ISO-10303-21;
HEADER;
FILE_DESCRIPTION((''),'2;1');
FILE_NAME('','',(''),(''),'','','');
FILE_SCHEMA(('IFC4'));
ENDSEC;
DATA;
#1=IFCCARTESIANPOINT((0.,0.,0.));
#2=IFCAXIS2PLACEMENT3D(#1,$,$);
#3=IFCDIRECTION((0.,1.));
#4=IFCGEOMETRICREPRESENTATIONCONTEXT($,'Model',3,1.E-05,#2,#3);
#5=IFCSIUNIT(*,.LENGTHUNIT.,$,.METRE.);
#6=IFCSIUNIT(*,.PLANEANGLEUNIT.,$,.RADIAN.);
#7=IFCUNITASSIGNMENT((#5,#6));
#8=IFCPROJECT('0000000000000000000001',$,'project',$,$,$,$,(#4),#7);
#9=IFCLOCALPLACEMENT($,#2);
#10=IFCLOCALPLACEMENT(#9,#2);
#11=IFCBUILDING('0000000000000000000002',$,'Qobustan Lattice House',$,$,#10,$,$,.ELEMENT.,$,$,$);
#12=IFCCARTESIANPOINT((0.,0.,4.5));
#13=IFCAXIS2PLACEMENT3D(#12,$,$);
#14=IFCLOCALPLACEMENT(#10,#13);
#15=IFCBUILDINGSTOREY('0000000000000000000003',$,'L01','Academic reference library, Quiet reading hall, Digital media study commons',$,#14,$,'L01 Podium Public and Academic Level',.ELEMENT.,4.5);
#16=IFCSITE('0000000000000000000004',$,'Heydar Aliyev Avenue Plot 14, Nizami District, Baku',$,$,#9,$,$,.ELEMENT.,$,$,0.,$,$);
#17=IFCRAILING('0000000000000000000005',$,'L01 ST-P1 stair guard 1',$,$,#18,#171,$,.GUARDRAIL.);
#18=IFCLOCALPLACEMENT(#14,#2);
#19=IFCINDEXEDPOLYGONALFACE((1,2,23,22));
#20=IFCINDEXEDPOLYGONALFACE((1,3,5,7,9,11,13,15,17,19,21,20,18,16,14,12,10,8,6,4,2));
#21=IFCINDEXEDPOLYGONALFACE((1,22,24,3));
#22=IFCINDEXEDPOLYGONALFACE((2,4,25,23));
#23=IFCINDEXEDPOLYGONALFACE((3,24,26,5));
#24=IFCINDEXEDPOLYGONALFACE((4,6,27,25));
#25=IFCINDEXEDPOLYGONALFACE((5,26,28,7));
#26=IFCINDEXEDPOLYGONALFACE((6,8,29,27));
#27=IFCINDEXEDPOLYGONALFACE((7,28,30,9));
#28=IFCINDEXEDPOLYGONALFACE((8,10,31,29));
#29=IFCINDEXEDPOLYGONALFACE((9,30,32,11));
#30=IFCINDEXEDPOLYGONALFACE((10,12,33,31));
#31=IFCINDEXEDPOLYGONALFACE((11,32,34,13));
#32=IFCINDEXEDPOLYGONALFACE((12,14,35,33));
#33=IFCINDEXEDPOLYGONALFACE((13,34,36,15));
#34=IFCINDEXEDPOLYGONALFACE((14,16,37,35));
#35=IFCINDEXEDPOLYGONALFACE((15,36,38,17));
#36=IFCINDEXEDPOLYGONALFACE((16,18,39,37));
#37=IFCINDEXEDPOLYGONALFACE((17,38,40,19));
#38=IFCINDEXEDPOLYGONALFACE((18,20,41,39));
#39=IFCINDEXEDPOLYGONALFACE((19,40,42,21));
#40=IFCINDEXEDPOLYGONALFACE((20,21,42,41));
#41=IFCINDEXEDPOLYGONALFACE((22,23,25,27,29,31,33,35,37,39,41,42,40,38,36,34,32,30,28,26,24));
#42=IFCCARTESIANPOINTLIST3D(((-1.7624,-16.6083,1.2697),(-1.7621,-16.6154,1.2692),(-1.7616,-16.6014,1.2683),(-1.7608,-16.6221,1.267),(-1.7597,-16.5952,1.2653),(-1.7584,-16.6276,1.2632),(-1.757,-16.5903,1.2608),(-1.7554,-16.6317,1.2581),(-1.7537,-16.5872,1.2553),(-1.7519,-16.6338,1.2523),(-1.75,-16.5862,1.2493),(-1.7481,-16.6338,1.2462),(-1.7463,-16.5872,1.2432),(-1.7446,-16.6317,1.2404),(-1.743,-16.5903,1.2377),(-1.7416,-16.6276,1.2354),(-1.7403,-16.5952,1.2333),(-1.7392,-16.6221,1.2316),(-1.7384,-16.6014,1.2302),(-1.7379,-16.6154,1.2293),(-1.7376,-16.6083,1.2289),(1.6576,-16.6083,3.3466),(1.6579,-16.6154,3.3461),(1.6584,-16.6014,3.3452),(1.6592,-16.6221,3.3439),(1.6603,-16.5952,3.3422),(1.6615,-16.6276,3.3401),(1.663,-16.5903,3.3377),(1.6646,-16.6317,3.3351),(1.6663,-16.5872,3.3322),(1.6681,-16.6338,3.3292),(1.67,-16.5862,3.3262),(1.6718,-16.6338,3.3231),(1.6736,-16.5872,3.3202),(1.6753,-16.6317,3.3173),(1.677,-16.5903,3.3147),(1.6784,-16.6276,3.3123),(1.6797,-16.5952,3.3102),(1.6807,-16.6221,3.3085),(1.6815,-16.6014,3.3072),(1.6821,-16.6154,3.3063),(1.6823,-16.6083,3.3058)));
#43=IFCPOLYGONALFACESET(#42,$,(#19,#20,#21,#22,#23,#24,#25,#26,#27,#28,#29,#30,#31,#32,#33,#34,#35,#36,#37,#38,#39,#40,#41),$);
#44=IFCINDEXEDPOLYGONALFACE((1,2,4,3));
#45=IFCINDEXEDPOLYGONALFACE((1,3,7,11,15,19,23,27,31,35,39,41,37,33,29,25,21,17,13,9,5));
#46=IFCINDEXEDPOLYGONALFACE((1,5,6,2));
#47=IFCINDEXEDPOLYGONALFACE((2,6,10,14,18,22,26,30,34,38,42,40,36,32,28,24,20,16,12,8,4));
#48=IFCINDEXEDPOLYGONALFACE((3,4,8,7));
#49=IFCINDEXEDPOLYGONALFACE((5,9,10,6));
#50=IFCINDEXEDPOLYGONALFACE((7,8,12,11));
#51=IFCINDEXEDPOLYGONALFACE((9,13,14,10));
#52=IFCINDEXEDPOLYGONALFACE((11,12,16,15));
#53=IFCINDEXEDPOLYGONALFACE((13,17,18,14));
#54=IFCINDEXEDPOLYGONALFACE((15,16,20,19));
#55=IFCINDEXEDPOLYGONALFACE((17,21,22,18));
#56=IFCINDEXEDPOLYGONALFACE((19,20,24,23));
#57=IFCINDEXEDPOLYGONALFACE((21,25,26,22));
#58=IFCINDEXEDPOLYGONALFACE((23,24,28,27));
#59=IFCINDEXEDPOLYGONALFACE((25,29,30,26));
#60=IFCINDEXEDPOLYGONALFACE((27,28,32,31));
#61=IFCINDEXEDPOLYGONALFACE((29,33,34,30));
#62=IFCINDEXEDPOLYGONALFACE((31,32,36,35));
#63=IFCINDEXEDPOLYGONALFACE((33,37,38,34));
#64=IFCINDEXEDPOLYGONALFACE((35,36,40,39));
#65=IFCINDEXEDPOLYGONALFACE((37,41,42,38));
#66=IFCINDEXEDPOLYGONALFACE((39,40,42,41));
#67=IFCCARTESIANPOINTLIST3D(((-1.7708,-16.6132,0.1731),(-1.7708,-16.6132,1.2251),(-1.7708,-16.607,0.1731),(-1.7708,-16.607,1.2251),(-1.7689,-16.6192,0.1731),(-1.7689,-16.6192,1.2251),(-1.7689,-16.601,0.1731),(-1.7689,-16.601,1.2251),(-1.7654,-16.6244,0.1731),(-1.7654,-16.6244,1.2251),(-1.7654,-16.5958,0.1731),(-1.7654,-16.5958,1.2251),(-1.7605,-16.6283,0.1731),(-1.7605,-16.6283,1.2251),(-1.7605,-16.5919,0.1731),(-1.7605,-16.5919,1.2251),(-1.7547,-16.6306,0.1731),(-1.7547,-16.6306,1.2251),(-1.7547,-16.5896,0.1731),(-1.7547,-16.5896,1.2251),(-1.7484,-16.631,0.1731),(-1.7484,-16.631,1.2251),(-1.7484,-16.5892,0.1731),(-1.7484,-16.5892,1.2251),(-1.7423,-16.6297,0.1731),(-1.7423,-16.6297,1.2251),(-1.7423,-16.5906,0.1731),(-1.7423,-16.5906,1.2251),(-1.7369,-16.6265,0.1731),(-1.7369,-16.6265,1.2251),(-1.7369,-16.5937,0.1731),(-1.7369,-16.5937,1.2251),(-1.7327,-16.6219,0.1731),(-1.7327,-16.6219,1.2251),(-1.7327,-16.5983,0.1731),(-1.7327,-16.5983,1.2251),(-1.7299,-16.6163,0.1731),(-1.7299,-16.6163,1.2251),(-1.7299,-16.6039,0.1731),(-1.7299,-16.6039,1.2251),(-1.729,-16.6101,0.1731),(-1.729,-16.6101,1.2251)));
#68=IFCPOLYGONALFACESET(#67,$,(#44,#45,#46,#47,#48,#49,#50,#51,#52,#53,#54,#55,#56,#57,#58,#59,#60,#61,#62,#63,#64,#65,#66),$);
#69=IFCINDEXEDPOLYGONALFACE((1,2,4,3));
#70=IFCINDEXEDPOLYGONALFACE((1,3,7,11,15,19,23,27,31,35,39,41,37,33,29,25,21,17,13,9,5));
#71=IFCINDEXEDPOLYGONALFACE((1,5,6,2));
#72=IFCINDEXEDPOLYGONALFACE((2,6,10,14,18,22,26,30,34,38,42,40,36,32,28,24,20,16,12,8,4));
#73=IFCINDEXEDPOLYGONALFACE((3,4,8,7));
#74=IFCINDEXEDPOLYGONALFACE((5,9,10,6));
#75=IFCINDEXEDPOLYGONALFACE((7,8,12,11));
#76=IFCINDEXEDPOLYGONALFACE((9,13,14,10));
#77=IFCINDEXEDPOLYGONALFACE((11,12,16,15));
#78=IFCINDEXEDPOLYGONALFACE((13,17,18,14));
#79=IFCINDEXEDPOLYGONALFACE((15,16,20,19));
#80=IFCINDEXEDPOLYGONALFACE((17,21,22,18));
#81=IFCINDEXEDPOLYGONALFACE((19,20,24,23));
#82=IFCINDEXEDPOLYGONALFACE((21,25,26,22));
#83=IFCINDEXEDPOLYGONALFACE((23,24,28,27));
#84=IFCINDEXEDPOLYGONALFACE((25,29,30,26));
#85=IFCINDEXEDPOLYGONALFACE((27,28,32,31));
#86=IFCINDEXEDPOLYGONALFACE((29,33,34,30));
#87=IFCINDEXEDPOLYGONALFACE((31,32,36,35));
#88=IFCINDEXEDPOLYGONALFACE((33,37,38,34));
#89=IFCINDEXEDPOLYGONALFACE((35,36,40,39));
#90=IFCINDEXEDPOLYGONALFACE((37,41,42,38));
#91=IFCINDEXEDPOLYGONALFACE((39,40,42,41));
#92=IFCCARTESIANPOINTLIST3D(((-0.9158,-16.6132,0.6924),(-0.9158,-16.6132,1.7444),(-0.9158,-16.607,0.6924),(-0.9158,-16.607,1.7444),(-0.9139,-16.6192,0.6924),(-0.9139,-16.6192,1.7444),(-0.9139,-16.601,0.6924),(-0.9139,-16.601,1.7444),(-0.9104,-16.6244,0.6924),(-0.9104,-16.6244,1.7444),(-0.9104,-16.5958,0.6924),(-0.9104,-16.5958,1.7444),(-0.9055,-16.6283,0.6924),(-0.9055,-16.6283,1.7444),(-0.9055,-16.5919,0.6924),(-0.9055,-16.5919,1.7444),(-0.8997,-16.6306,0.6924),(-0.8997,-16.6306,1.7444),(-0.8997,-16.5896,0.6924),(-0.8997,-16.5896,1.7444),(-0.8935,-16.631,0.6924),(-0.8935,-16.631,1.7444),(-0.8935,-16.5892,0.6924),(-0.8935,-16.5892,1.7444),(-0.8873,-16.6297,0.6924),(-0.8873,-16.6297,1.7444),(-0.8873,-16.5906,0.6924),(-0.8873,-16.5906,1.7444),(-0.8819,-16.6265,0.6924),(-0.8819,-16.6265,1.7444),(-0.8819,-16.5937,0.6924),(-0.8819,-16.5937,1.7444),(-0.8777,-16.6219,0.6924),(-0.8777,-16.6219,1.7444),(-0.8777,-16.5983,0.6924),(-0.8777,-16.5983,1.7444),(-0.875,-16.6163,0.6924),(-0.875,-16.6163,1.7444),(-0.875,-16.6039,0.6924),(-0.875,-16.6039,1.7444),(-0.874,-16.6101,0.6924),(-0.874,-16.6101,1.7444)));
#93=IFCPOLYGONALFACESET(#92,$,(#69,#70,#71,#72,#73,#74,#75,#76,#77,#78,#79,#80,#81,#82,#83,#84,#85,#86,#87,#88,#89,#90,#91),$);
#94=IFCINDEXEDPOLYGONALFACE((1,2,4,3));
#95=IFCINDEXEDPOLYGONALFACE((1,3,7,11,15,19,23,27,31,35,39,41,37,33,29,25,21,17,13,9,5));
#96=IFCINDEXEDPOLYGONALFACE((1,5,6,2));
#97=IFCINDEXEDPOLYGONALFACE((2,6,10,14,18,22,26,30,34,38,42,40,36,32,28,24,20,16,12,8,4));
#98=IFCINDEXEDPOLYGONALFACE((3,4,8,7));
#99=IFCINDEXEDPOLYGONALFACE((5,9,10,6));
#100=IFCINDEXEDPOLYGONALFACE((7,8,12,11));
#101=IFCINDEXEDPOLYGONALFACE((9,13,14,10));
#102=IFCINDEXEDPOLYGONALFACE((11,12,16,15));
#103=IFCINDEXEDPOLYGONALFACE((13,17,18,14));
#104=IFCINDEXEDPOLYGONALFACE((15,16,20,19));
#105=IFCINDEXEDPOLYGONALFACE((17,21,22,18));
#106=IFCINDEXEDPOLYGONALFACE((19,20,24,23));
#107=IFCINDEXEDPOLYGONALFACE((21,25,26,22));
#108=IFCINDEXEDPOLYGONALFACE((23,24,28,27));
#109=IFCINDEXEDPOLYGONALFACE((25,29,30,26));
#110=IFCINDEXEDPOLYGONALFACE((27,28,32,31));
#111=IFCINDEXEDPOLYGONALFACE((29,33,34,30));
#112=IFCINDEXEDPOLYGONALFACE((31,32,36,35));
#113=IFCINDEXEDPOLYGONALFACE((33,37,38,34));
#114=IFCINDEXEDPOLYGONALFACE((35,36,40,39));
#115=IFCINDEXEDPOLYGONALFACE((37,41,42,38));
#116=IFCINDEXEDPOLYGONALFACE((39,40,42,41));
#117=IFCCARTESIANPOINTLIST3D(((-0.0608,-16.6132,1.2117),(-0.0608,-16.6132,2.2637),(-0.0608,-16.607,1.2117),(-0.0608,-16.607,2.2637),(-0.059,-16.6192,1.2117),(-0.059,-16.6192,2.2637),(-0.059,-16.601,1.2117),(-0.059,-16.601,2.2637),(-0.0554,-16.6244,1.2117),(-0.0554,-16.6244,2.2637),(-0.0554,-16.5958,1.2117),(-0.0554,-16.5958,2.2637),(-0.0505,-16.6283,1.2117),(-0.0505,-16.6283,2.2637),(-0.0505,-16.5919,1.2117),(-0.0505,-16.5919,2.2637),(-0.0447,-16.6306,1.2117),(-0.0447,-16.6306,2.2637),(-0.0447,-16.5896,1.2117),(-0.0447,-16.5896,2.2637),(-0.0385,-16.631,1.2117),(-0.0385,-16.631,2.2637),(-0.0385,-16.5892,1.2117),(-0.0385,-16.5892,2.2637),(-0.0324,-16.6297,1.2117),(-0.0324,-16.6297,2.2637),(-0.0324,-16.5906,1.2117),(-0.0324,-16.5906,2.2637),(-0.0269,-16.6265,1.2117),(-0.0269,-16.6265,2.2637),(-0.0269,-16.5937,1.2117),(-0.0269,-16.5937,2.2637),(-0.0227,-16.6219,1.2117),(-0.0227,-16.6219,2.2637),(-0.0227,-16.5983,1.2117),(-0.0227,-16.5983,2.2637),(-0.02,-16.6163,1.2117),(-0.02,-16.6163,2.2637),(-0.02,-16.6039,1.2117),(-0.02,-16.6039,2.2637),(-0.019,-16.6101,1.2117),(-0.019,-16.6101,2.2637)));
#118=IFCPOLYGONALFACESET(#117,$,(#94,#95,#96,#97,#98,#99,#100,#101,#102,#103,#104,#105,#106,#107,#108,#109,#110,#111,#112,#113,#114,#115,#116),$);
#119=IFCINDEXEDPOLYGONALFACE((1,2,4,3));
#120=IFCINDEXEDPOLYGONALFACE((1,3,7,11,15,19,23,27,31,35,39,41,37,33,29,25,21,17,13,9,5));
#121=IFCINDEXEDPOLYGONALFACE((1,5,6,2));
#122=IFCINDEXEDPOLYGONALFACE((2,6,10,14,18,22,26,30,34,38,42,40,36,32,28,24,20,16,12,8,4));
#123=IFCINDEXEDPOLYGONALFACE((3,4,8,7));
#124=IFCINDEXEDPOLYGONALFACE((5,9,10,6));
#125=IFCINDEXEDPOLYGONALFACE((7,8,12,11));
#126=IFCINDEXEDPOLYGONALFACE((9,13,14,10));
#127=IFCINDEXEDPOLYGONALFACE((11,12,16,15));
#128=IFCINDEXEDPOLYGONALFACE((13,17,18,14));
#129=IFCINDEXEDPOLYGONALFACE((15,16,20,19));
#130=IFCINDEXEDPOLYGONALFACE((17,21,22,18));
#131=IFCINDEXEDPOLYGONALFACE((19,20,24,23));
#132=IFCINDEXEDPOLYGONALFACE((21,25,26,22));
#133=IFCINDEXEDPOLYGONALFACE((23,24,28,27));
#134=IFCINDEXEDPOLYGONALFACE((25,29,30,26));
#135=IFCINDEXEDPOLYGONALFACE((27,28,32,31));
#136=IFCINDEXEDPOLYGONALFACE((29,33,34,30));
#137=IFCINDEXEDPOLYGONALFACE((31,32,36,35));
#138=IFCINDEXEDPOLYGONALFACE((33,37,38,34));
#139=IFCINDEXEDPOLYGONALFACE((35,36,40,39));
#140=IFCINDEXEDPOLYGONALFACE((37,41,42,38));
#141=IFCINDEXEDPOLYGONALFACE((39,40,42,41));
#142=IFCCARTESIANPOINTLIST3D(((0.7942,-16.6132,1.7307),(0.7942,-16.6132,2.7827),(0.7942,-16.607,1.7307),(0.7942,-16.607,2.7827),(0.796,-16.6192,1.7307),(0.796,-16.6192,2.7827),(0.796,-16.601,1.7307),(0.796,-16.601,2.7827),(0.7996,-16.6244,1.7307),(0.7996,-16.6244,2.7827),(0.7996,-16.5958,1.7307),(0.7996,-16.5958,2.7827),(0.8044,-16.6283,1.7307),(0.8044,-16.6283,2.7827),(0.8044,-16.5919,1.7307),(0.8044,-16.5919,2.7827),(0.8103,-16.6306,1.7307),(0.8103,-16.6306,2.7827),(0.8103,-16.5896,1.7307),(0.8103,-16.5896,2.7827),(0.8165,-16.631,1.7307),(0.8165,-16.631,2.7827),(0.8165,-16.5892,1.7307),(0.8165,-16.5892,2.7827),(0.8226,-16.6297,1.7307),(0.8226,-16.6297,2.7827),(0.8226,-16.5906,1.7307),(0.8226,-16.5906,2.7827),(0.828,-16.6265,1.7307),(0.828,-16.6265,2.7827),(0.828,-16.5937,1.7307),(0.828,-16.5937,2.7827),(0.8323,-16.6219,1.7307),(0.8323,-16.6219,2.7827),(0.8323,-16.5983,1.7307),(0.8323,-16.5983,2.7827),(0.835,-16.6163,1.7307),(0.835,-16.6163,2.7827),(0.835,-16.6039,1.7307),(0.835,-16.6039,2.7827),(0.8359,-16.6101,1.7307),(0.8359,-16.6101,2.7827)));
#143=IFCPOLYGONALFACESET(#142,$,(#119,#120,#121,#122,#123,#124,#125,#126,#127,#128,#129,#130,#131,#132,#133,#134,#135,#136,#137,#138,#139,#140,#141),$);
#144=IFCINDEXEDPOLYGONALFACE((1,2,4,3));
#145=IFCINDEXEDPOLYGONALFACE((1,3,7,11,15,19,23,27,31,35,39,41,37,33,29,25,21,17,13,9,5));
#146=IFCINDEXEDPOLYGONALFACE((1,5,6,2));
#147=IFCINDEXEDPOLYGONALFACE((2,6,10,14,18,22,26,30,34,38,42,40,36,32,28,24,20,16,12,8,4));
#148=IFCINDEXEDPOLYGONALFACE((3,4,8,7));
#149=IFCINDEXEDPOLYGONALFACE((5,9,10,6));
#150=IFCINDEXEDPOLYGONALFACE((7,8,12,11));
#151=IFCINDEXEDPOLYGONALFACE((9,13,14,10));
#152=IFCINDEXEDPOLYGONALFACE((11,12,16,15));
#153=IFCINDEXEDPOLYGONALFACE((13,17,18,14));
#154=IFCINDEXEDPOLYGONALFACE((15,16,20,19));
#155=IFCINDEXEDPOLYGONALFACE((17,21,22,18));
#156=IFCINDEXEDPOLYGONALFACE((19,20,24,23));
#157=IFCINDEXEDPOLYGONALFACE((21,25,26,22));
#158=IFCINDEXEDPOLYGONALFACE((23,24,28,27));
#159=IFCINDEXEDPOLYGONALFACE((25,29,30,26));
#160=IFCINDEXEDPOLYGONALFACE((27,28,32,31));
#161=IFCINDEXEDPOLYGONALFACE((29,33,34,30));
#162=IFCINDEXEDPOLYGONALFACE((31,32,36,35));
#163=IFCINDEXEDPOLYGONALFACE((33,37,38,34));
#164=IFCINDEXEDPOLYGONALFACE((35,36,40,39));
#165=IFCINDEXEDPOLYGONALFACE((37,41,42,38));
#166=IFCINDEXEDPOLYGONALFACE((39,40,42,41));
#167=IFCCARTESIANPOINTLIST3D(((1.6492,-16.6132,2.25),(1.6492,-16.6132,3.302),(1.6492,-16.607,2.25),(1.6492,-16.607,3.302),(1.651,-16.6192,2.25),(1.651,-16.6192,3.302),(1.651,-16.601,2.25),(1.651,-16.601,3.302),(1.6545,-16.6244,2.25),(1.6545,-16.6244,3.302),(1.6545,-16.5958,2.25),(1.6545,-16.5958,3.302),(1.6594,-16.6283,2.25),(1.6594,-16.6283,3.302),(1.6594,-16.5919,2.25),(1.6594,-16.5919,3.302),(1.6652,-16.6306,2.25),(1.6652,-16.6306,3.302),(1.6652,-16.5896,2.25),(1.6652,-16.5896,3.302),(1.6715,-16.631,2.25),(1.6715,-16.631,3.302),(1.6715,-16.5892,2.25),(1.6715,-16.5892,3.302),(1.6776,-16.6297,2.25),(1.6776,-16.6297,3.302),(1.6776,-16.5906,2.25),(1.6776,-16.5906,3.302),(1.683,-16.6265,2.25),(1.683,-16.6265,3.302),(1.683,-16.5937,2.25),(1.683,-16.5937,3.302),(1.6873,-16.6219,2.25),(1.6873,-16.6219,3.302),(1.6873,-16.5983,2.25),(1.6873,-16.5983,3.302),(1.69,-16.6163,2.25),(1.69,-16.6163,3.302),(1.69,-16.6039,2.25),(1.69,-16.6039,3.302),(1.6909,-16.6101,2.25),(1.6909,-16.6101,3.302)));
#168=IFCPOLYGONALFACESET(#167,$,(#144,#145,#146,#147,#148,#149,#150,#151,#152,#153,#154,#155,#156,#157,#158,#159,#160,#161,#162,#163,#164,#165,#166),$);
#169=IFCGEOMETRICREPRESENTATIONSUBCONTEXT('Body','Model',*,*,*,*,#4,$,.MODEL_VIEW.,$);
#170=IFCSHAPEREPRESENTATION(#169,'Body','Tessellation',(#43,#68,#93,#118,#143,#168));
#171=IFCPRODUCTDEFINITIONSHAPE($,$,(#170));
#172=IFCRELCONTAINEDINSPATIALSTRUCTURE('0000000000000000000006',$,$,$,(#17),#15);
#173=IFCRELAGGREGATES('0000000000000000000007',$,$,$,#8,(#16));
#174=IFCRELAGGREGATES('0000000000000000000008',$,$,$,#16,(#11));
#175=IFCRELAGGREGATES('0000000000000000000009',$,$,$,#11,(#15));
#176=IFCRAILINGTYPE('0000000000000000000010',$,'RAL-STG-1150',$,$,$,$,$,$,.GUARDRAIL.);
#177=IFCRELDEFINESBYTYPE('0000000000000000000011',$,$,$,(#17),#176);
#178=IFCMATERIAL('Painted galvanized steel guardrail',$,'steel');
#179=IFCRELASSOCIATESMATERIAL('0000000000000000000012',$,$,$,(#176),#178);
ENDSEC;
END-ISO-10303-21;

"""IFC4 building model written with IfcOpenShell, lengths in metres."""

from ifc_helpers import new_model, si_unit, direction, frame, origin, origin_2d, place, context, subcontext, project, spatial, circle, extrude, material, type_object, element, save


model = new_model("IFC4")

# Units and contexts
model_context = context("Model", 3, precision=1e-05, world=origin(), true_north=direction((0.0, 1.0)))
body_context = subcontext(model_context, "Body", "Model", "MODEL_VIEW")
ifc_project = project(units=[si_unit("LENGTHUNIT", "METRE"), si_unit("PLANEANGLEUNIT", "RADIAN")], contexts=[model_context])

# Site, building, storey
site_placement = place(None, origin())
site = spatial("IfcSite", under=ifc_project, at=site_placement, Name="Heydar Aliyev Avenue Plot 14, Nizami District, Baku", CompositionType="ELEMENT", RefElevation=0.0)
building_placement = place(site_placement, origin())
building = spatial("IfcBuilding", under=site, at=building_placement, Name="Qobustan Lattice House", CompositionType="ELEMENT")
storey_placement = place(building_placement, frame((0.0, 0.0, 4.5)))
storey = spatial("IfcBuildingStorey", under=building, at=storey_placement, Name="L01", Description="Academic reference library, Quiet reading hall, Digital media study commons", LongName="L01 Podium Public and Academic Level", CompositionType="ELEMENT", Elevation=4.5)

# Railing
ifc_material_1 = material(Name="Painted galvanized steel guardrail", Category="steel")
railing_type_1 = type_object("IfcRailingType", Name="RAL-STG-1150", PredefinedType="GUARDRAIL", material=ifc_material_1)
railing_1_placement = place(storey_placement, frame((-1.75, -16.6101, 0.1731)))
element("IfcRailing", 1, at=railing_1_placement, inside=storey, type_object=railing_type_1, Name="L01 ST-P1 stair guard 1", PredefinedType="GUARDRAIL", context=body_context, shape_type="SweptSolid", body=[
    extrude(circle(Radius=0.0239, at=origin_2d()), frame((0.0, 0.0, 1.0762), z_axis=(0.85473, 0.0, 0.519074), x_axis=(0.0, 1.0, 0.0)), (0.0, 0.0, 1.0), 4.0012),
    extrude(circle(Radius=0.021, at=origin_2d()), origin(), (0.0, 0.0, 1.0), 1.052),
    extrude(circle(Radius=0.021, at=origin_2d()), frame((0.855, 0.0, 0.5193)), (0.0, 0.0, 1.0), 1.052),
    extrude(circle(Radius=0.021, at=origin_2d()), frame((1.71, 0.0, 1.0386)), (0.0, 0.0, 1.0), 1.052),
    extrude(circle(Radius=0.021, at=origin_2d()), frame((2.5649, 0.0, 1.5576)), (0.0, 0.0, 1.0), 1.052),
    extrude(circle(Radius=0.021, at=origin_2d()), frame((3.4199, 0.0, 2.0769)), (0.0, 0.0, 1.0), 1.052),
])

save(model, "model.ifc")
